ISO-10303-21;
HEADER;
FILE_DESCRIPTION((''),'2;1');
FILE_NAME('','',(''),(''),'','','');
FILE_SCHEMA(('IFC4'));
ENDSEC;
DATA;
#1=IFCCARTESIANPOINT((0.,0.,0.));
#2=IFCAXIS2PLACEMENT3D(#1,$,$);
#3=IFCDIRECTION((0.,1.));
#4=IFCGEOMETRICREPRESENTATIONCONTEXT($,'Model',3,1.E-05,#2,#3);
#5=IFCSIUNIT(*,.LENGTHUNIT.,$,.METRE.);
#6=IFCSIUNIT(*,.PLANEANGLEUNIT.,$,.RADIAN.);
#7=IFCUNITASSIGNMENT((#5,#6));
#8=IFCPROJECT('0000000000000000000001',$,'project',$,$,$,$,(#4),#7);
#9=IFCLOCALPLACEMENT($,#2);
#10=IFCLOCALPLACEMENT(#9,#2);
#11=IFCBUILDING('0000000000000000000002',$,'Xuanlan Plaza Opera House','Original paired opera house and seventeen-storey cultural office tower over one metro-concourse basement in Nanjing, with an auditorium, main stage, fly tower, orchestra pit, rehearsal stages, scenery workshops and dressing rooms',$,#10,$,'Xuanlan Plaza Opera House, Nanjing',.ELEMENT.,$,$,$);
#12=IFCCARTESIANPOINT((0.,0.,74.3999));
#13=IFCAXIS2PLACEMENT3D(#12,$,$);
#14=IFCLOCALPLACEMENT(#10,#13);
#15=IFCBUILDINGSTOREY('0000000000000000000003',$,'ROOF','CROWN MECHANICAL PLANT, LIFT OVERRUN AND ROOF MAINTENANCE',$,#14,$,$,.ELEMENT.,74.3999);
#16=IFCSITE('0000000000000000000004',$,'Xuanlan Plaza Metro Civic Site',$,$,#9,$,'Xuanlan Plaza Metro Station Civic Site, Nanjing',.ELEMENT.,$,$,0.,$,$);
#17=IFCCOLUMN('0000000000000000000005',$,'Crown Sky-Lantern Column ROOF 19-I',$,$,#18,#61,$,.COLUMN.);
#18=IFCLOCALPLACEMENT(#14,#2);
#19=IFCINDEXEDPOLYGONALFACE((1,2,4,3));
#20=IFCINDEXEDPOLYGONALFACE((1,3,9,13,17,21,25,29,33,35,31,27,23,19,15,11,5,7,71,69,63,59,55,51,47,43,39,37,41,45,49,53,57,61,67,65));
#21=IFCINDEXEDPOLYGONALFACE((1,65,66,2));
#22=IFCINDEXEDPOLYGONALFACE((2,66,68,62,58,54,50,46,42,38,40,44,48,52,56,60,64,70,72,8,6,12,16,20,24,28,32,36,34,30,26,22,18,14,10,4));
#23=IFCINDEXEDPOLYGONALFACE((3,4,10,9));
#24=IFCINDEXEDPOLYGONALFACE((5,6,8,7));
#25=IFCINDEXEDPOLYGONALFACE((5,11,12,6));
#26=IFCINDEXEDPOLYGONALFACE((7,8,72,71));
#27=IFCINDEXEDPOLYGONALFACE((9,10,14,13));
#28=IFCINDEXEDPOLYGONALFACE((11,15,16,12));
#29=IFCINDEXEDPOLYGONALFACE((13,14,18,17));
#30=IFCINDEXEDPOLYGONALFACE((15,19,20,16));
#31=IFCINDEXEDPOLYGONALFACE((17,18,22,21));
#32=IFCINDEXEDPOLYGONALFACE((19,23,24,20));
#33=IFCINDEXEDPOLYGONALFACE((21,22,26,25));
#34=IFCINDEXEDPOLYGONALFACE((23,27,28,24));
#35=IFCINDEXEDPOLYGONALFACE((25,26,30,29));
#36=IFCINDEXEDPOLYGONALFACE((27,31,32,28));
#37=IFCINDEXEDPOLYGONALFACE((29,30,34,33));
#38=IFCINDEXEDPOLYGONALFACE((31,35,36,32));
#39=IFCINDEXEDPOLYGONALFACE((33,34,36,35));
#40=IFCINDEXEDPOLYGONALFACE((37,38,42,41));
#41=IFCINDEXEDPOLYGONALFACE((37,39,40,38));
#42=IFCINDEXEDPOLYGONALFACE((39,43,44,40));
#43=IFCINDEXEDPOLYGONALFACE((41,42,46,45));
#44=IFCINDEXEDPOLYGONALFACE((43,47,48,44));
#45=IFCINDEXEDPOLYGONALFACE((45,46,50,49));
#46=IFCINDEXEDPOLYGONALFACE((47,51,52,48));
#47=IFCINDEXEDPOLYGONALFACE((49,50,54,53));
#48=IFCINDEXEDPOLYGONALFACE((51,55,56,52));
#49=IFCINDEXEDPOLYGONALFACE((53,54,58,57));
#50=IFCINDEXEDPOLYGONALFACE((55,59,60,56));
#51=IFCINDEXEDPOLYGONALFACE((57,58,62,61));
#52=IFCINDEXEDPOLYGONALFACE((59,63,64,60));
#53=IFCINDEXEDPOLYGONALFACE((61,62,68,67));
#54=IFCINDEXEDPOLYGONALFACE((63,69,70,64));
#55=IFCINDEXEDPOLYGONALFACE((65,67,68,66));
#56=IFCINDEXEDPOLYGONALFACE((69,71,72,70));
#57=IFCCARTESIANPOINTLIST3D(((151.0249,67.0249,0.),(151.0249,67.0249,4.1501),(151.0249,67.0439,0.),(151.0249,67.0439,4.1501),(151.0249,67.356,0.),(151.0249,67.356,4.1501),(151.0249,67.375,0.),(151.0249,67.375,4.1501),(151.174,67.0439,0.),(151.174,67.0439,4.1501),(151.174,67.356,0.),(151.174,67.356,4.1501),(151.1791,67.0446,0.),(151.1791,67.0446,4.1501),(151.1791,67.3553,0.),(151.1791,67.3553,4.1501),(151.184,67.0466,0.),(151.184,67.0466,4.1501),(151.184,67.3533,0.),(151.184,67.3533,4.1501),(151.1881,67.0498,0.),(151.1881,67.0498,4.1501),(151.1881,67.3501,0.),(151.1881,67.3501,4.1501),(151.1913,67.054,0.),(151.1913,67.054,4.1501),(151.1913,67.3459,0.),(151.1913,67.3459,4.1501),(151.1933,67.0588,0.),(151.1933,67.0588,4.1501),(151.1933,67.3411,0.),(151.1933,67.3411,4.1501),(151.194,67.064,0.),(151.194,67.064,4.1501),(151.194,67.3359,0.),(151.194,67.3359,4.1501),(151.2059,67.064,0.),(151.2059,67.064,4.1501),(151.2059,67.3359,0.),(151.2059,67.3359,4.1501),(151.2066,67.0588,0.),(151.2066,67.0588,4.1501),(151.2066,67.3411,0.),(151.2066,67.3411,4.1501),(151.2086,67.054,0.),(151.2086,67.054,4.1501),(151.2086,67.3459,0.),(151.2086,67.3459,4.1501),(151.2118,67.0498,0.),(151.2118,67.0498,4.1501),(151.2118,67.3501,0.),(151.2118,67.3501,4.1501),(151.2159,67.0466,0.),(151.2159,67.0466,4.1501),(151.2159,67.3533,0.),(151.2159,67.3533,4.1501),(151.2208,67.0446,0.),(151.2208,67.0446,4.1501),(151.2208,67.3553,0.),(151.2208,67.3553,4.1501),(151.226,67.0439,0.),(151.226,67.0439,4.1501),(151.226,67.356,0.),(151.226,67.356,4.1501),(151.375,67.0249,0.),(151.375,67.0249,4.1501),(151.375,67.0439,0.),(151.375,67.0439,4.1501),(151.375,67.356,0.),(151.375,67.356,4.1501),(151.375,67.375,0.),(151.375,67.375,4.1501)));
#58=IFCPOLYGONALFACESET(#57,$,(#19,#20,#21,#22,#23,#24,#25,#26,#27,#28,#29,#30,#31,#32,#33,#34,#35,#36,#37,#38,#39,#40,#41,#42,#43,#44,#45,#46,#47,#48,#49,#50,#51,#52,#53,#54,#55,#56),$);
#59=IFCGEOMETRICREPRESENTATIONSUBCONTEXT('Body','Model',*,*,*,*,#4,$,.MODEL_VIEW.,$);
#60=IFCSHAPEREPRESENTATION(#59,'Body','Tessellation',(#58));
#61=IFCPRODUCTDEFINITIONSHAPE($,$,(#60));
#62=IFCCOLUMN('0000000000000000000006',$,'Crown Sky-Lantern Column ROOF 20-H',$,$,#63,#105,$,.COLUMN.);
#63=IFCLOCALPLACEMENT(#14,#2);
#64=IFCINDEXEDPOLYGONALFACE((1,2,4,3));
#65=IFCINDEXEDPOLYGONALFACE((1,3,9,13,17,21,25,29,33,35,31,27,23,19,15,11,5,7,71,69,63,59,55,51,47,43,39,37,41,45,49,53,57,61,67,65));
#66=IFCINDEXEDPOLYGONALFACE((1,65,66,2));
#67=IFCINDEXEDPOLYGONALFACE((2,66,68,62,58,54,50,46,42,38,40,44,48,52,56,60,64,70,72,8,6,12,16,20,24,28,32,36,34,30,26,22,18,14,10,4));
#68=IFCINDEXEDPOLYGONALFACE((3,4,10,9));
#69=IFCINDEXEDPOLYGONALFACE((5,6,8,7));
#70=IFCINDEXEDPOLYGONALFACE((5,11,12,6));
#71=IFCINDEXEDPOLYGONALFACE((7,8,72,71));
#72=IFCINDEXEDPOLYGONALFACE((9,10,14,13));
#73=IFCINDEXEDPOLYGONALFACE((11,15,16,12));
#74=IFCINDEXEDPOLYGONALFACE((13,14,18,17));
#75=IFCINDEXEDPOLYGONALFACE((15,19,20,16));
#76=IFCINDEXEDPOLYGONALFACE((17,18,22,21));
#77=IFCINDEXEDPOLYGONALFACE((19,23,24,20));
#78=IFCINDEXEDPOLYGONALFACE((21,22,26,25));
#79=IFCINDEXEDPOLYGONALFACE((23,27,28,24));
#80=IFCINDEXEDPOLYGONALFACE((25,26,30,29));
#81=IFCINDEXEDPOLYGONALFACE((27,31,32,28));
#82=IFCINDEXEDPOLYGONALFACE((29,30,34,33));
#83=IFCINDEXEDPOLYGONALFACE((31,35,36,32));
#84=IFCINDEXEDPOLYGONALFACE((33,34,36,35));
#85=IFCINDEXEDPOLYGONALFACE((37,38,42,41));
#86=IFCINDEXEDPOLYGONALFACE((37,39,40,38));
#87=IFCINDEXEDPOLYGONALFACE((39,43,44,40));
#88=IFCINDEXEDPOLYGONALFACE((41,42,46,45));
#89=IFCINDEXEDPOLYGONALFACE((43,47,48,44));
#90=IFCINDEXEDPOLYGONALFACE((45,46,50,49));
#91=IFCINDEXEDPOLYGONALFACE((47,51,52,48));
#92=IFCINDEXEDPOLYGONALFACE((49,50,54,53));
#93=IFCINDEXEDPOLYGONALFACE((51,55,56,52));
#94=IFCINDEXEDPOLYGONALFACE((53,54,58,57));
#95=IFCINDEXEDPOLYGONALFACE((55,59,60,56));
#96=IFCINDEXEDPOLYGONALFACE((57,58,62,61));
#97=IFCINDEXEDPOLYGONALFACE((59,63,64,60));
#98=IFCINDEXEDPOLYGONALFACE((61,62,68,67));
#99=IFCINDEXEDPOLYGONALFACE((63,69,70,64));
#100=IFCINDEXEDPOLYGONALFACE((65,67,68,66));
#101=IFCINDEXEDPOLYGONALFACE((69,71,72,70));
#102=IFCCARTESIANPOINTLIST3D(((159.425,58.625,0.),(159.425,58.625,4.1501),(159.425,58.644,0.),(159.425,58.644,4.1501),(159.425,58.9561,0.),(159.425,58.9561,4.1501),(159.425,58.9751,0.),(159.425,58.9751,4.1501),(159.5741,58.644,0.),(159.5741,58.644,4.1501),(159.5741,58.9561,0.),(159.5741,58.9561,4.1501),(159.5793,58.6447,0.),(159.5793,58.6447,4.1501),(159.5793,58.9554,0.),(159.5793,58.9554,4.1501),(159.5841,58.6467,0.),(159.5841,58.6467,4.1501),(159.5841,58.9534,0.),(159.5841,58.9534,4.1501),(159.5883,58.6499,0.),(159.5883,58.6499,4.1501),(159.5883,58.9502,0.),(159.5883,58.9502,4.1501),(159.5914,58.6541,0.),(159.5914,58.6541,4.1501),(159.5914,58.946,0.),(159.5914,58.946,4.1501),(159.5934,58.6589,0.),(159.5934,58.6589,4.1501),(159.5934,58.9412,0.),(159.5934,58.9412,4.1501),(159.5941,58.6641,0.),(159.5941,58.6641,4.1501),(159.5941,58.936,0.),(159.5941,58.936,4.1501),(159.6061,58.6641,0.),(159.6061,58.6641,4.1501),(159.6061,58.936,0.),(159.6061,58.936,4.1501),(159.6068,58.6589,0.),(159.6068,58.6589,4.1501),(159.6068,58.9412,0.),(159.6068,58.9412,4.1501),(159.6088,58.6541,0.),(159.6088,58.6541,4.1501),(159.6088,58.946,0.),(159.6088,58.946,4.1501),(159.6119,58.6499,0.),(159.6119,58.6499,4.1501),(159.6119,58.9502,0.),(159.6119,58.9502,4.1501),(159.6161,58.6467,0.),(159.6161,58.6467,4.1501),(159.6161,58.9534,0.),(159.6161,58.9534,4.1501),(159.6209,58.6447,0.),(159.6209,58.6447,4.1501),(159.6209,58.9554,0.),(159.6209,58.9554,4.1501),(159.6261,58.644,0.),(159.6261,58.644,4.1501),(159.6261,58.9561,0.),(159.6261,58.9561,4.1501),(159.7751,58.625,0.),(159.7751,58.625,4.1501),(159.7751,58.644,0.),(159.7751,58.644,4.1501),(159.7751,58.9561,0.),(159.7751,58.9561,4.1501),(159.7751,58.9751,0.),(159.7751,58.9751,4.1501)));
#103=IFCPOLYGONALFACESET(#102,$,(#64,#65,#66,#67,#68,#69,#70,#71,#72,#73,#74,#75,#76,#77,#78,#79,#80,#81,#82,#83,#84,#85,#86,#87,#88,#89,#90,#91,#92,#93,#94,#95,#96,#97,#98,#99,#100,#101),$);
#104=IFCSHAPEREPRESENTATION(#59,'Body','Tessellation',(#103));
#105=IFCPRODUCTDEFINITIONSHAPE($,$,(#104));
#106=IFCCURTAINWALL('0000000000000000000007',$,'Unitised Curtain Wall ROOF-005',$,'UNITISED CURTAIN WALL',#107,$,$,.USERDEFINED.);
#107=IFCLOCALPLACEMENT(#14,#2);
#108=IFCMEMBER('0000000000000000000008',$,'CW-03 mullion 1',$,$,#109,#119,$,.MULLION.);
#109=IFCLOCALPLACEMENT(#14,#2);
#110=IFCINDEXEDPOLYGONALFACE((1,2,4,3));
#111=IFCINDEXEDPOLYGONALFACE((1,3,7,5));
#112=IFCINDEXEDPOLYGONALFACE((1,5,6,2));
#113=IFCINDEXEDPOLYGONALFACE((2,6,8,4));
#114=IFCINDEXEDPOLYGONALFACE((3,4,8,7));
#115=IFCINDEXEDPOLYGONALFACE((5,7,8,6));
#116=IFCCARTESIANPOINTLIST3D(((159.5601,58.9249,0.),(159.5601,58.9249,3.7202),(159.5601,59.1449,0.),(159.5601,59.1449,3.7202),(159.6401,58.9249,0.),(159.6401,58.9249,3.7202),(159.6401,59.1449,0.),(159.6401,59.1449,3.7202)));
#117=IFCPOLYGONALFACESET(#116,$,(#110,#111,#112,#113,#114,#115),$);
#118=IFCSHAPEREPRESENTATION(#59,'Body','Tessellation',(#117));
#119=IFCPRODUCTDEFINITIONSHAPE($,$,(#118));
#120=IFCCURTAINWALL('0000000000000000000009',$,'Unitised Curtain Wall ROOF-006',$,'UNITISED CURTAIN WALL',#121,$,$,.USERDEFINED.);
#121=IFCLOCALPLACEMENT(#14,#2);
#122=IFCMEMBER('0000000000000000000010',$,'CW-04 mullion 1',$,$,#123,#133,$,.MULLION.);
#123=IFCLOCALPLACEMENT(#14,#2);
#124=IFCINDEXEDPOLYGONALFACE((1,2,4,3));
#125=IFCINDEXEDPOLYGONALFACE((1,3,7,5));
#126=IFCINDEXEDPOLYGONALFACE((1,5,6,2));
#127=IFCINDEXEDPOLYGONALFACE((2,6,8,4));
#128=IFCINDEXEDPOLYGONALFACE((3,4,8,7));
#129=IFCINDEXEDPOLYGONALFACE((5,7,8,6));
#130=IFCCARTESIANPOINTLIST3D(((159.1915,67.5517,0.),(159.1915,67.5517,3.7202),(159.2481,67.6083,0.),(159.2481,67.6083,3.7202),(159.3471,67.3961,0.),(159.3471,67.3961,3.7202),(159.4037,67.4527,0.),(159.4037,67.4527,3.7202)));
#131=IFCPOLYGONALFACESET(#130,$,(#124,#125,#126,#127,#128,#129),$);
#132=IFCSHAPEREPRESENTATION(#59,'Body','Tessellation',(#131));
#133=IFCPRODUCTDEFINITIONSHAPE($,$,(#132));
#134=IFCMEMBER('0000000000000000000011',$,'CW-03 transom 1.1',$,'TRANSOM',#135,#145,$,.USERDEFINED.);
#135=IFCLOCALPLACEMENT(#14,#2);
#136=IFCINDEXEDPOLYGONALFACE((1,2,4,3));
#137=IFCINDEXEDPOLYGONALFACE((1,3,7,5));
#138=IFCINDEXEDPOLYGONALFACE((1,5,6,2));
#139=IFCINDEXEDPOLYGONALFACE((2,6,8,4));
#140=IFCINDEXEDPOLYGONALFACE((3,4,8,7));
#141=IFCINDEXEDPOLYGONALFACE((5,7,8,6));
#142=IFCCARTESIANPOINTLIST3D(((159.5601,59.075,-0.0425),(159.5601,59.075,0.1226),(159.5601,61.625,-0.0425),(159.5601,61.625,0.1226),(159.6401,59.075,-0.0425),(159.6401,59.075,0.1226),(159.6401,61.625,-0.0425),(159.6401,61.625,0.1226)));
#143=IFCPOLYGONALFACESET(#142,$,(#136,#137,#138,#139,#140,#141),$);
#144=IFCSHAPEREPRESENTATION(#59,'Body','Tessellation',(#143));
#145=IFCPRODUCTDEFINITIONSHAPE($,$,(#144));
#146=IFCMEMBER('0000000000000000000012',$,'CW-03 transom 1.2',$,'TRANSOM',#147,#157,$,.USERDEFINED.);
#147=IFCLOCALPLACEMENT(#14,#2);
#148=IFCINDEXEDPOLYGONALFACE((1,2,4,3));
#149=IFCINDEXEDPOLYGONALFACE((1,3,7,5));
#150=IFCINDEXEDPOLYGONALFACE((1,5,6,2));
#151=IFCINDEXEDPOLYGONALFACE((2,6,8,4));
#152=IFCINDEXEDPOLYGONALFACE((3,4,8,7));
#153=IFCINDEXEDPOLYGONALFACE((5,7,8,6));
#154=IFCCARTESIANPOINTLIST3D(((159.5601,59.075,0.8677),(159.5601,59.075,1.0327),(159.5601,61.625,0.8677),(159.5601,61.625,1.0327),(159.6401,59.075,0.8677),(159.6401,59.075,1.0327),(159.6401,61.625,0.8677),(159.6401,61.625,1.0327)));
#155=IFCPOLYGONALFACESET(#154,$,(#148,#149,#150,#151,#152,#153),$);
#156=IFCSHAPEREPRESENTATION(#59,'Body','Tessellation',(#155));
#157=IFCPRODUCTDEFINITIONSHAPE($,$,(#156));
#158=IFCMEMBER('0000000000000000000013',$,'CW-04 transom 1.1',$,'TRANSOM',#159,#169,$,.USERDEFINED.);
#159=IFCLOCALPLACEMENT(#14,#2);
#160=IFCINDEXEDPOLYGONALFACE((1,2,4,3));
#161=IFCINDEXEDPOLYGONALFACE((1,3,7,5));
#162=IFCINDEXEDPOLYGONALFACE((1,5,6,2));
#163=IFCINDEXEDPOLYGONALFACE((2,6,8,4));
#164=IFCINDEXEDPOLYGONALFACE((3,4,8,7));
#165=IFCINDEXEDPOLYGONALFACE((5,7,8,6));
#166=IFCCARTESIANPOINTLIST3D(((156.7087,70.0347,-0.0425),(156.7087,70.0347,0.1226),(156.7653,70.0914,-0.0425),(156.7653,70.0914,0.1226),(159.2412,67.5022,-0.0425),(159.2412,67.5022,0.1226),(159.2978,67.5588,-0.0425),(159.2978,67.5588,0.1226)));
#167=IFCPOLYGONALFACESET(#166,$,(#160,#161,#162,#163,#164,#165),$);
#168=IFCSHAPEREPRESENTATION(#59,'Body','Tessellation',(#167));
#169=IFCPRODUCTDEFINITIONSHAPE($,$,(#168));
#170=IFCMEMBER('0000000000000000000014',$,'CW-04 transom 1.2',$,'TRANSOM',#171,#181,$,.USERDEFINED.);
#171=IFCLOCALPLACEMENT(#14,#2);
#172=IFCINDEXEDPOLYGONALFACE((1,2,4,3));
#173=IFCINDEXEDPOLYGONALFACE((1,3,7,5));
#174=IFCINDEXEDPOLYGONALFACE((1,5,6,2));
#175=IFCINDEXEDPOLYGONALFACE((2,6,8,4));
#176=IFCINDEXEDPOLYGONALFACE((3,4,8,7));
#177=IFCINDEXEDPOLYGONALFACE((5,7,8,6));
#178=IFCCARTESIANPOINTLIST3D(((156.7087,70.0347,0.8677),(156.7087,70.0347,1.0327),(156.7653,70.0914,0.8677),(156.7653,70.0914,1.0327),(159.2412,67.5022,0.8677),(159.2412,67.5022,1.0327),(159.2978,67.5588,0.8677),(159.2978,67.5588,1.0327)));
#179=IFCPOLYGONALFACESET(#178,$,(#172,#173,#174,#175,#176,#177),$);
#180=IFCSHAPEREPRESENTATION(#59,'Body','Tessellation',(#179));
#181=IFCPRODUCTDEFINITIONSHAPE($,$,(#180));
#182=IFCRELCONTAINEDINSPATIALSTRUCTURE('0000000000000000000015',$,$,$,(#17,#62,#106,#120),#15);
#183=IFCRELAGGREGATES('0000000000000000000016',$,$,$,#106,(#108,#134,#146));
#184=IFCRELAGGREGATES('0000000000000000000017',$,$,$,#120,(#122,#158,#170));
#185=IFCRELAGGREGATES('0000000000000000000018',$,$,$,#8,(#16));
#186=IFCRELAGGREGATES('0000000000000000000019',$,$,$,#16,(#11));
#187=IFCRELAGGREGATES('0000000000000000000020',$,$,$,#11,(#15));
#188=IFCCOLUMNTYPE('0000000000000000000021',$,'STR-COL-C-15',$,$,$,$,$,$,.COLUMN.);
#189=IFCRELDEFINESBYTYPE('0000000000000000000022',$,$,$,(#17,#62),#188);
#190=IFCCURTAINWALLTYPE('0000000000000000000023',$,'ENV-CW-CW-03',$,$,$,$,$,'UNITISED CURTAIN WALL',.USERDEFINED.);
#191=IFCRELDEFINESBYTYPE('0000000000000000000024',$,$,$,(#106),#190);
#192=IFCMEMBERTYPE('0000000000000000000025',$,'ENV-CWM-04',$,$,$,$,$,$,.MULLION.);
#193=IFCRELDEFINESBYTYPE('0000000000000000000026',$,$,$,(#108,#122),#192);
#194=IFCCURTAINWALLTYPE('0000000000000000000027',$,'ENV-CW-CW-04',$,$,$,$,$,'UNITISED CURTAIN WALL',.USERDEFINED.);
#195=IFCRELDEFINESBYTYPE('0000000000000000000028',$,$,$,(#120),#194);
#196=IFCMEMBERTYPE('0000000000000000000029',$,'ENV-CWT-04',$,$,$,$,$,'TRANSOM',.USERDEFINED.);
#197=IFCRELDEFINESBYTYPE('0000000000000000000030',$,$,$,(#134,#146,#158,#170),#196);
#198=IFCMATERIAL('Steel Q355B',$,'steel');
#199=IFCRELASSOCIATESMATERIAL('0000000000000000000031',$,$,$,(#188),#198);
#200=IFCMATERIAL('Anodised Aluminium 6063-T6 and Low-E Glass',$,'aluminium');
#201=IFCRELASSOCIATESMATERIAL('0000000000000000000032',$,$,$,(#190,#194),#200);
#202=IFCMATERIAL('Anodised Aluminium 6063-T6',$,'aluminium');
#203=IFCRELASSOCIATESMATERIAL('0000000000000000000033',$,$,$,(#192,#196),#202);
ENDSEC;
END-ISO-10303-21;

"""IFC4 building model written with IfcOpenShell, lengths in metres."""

from ifc_helpers import new_model, si_unit, direction, frame, origin, origin_2d, place, context, subcontext, project, spatial, rectangle, i_section, extrude, material, material_profile, profile_set, type_object, element, aggregate, save


model = new_model("IFC4")

# Units and contexts
model_context = context("Model", 3, precision=1e-05, world=origin(), true_north=direction((0.0, 1.0)))
body_context = subcontext(model_context, "Body", "Model", "MODEL_VIEW")
ifc_project = project(units=[si_unit("LENGTHUNIT", "METRE"), si_unit("PLANEANGLEUNIT", "RADIAN")], contexts=[model_context])

# Site, building, storey
site_placement = place(None, origin())
site = spatial("IfcSite", under=ifc_project, at=site_placement, Name="Xuanlan Plaza Metro Civic Site", LongName="Xuanlan Plaza Metro Station Civic Site, Nanjing", CompositionType="ELEMENT", RefElevation=0.0)
building_placement = place(site_placement, origin())
building = spatial("IfcBuilding", under=site, at=building_placement, Name="Xuanlan Plaza Opera House", Description="Original paired opera house and seventeen-storey cultural office tower over one metro-concourse basement in Nanjing, with an auditorium, main stage, fly tower, orchestra pit, rehearsal stages, scenery workshops and dressing rooms", LongName="Xuanlan Plaza Opera House, Nanjing", CompositionType="ELEMENT")
storey_placement = place(building_placement, frame((0.0, 0.0, 74.3999)))
storey = spatial("IfcBuildingStorey", under=building, at=storey_placement, Name="ROOF", Description="CROWN MECHANICAL PLANT, LIFT OVERRUN AND ROOF MAINTENANCE", CompositionType="ELEMENT", Elevation=74.3999)

# Columns
ifc_material_1 = material(Name="Steel Q355B", Category="steel")
ifc_material_profile_1 = material_profile(ifc_material_1, i_section(OverallWidth=0.3501, OverallDepth=0.3501, WebThickness=0.012, FlangeThickness=0.019, FilletRadius=0.02, at=origin_2d()), Name="HW 350x350x12x19")
ifc_profile_set_1 = profile_set([ifc_material_profile_1], Name="Steel Q355B")
column_type = type_object("IfcColumnType", Name="STR-COL-C-15", PredefinedType="COLUMN", material=ifc_profile_set_1)
for number, where, z_axis, x_axis, name in (
    (1, (151.2, 67.2, 0.0), (0.0, 0.0, 1.0), (1.0, 0.0, 0.0), "Crown Sky-Lantern Column ROOF 19-I"),
    (2, (159.6001, 58.8, 0.0), (0.0, 0.0, 1.0), (1.0, 0.0, 0.0), "Crown Sky-Lantern Column ROOF 20-H"),
):
    element("IfcColumn", number, at=place(storey_placement, frame(where, z_axis=z_axis, x_axis=x_axis)), inside=storey, type_object=column_type, Name=name, PredefinedType="COLUMN", context=body_context, shape_type="SweptSolid", body=[
        extrude(i_section(OverallWidth=0.3501, OverallDepth=0.3501, WebThickness=0.012, FlangeThickness=0.019, FilletRadius=0.02, at=origin_2d()), origin(), (0.0, 0.0, 1.0), 4.1501),
    ])

# Curtain walls, members
ifc_material_2 = material(Name="Anodised Aluminium 6063-T6 and Low-E Glass", Category="aluminium")
curtain_wall_type_1 = type_object("IfcCurtainWallType", Name="ENV-CW-CW-03", ElementType="UNITISED CURTAIN WALL", PredefinedType="USERDEFINED", material=ifc_material_2)
curtain_wall_1_placement = place(storey_placement, origin())
curtain_wall_1 = element("IfcCurtainWall", 3, at=curtain_wall_1_placement, inside=storey, type_object=curtain_wall_type_1, Name="Unitised Curtain Wall ROOF-005", ObjectType="UNITISED CURTAIN WALL", PredefinedType="USERDEFINED")
ifc_material_3 = material(Name="Anodised Aluminium 6063-T6", Category="aluminium")
ifc_material_profile_2 = material_profile(ifc_material_3, rectangle(XDim=0.0801, YDim=0.22, at=origin_2d()), Name="ALU-M 80x220")
ifc_profile_set_2 = profile_set([ifc_material_profile_2], Name="Anodised Aluminium 6063-T6")
member_type_1 = type_object("IfcMemberType", Name="ENV-CWM-04", PredefinedType="MULLION", material=ifc_profile_set_2)
member_1_placement = place(storey_placement, frame((159.6001, 59.0349, 0.0), z_axis=(0.0, 0.0, 1.0), x_axis=(-1.0, 0.0, 0.0)))
member_1 = element("IfcMember", 4, at=member_1_placement, type_object=member_type_1, Name="CW-03 mullion 1", PredefinedType="MULLION", context=body_context, shape_type="SweptSolid", body=[
    extrude(rectangle(XDim=0.0801, YDim=0.22, at=origin_2d()), origin(), (0.0, 0.0, 1.0), 3.7202),
])
curtain_wall_type_2 = type_object("IfcCurtainWallType", Name="ENV-CW-CW-04", ElementType="UNITISED CURTAIN WALL", PredefinedType="USERDEFINED", material=ifc_material_2)
curtain_wall_2_placement = place(storey_placement, origin())
curtain_wall_2 = element("IfcCurtainWall", 5, at=curtain_wall_2_placement, inside=storey, type_object=curtain_wall_type_2, Name="Unitised Curtain Wall ROOF-006", ObjectType="UNITISED CURTAIN WALL", PredefinedType="USERDEFINED")
member_2_placement = place(storey_placement, frame((159.2976, 67.5022, 0.0), z_axis=(0.0, 0.0, 1.0), x_axis=(-0.707107, -0.707107, 0.0)))
member_2 = element("IfcMember", 6, at=member_2_placement, type_object=member_type_1, Name="CW-04 mullion 1", PredefinedType="MULLION", context=body_context, shape_type="SweptSolid", body=[
    extrude(rectangle(XDim=0.0801, YDim=0.22, at=origin_2d()), origin(), (0.0, 0.0, 1.0), 3.7202),
])

# Members
ifc_material_profile_3 = material_profile(ifc_material_3, rectangle(XDim=0.0801, YDim=0.165, at=origin_2d()), Name="ALU-T 80x165")
ifc_profile_set_3 = profile_set([ifc_material_profile_3], Name="Anodised Aluminium 6063-T6")
member_type_2 = type_object("IfcMemberType", Name="ENV-CWT-04", ElementType="TRANSOM", PredefinedType="USERDEFINED", material=ifc_profile_set_3)
member_3_placement = place(storey_placement, frame((159.6001, 59.075, 0.04), z_axis=(0.0, 1.0, 0.0), x_axis=(-1.0, 0.0, 0.0)))
member_3 = element("IfcMember", 7, at=member_3_placement, type_object=member_type_2, Name="CW-03 transom 1.1", ObjectType="TRANSOM", PredefinedType="USERDEFINED", context=body_context, shape_type="SweptSolid", body=[
    extrude(rectangle(XDim=0.0801, YDim=0.165, at=origin_2d()), origin(), (0.0, 0.0, 1.0), 2.55),
])
member_4_placement = place(storey_placement, frame((159.6001, 59.075, 0.9502), z_axis=(0.0, 1.0, 0.0), x_axis=(-1.0, 0.0, 0.0)))
member_4 = element("IfcMember", 8, at=member_4_placement, type_object=member_type_2, Name="CW-03 transom 1.2", ObjectType="TRANSOM", PredefinedType="USERDEFINED", context=body_context, shape_type="SweptSolid", body=[
    extrude(rectangle(XDim=0.0801, YDim=0.165, at=origin_2d()), origin(), (0.0, 0.0, 1.0), 2.55),
])
aggregate(curtain_wall_1, [member_1, member_3, member_4])
member_5_placement = place(storey_placement, frame((159.2695, 67.5305, 0.04), z_axis=(-0.707107, 0.707107, 0.0), x_axis=(-0.707107, -0.707107, 0.0)))
member_5 = element("IfcMember", 9, at=member_5_placement, type_object=member_type_2, Name="CW-04 transom 1.1", ObjectType="TRANSOM", PredefinedType="USERDEFINED", context=body_context, shape_type="SweptSolid", body=[
    extrude(rectangle(XDim=0.0801, YDim=0.165, at=origin_2d()), origin(), (0.0, 0.0, 1.0), 3.5815),
])
member_6_placement = place(storey_placement, frame((159.2695, 67.5305, 0.9502), z_axis=(-0.707107, 0.707107, 0.0), x_axis=(-0.707107, -0.707107, 0.0)))
member_6 = element("IfcMember", 10, at=member_6_placement, type_object=member_type_2, Name="CW-04 transom 1.2", ObjectType="TRANSOM", PredefinedType="USERDEFINED", context=body_context, shape_type="SweptSolid", body=[
    extrude(rectangle(XDim=0.0801, YDim=0.165, at=origin_2d()), origin(), (0.0, 0.0, 1.0), 3.5815),
])
aggregate(curtain_wall_2, [member_2, member_5, member_6])

save(model, "model.ifc")
